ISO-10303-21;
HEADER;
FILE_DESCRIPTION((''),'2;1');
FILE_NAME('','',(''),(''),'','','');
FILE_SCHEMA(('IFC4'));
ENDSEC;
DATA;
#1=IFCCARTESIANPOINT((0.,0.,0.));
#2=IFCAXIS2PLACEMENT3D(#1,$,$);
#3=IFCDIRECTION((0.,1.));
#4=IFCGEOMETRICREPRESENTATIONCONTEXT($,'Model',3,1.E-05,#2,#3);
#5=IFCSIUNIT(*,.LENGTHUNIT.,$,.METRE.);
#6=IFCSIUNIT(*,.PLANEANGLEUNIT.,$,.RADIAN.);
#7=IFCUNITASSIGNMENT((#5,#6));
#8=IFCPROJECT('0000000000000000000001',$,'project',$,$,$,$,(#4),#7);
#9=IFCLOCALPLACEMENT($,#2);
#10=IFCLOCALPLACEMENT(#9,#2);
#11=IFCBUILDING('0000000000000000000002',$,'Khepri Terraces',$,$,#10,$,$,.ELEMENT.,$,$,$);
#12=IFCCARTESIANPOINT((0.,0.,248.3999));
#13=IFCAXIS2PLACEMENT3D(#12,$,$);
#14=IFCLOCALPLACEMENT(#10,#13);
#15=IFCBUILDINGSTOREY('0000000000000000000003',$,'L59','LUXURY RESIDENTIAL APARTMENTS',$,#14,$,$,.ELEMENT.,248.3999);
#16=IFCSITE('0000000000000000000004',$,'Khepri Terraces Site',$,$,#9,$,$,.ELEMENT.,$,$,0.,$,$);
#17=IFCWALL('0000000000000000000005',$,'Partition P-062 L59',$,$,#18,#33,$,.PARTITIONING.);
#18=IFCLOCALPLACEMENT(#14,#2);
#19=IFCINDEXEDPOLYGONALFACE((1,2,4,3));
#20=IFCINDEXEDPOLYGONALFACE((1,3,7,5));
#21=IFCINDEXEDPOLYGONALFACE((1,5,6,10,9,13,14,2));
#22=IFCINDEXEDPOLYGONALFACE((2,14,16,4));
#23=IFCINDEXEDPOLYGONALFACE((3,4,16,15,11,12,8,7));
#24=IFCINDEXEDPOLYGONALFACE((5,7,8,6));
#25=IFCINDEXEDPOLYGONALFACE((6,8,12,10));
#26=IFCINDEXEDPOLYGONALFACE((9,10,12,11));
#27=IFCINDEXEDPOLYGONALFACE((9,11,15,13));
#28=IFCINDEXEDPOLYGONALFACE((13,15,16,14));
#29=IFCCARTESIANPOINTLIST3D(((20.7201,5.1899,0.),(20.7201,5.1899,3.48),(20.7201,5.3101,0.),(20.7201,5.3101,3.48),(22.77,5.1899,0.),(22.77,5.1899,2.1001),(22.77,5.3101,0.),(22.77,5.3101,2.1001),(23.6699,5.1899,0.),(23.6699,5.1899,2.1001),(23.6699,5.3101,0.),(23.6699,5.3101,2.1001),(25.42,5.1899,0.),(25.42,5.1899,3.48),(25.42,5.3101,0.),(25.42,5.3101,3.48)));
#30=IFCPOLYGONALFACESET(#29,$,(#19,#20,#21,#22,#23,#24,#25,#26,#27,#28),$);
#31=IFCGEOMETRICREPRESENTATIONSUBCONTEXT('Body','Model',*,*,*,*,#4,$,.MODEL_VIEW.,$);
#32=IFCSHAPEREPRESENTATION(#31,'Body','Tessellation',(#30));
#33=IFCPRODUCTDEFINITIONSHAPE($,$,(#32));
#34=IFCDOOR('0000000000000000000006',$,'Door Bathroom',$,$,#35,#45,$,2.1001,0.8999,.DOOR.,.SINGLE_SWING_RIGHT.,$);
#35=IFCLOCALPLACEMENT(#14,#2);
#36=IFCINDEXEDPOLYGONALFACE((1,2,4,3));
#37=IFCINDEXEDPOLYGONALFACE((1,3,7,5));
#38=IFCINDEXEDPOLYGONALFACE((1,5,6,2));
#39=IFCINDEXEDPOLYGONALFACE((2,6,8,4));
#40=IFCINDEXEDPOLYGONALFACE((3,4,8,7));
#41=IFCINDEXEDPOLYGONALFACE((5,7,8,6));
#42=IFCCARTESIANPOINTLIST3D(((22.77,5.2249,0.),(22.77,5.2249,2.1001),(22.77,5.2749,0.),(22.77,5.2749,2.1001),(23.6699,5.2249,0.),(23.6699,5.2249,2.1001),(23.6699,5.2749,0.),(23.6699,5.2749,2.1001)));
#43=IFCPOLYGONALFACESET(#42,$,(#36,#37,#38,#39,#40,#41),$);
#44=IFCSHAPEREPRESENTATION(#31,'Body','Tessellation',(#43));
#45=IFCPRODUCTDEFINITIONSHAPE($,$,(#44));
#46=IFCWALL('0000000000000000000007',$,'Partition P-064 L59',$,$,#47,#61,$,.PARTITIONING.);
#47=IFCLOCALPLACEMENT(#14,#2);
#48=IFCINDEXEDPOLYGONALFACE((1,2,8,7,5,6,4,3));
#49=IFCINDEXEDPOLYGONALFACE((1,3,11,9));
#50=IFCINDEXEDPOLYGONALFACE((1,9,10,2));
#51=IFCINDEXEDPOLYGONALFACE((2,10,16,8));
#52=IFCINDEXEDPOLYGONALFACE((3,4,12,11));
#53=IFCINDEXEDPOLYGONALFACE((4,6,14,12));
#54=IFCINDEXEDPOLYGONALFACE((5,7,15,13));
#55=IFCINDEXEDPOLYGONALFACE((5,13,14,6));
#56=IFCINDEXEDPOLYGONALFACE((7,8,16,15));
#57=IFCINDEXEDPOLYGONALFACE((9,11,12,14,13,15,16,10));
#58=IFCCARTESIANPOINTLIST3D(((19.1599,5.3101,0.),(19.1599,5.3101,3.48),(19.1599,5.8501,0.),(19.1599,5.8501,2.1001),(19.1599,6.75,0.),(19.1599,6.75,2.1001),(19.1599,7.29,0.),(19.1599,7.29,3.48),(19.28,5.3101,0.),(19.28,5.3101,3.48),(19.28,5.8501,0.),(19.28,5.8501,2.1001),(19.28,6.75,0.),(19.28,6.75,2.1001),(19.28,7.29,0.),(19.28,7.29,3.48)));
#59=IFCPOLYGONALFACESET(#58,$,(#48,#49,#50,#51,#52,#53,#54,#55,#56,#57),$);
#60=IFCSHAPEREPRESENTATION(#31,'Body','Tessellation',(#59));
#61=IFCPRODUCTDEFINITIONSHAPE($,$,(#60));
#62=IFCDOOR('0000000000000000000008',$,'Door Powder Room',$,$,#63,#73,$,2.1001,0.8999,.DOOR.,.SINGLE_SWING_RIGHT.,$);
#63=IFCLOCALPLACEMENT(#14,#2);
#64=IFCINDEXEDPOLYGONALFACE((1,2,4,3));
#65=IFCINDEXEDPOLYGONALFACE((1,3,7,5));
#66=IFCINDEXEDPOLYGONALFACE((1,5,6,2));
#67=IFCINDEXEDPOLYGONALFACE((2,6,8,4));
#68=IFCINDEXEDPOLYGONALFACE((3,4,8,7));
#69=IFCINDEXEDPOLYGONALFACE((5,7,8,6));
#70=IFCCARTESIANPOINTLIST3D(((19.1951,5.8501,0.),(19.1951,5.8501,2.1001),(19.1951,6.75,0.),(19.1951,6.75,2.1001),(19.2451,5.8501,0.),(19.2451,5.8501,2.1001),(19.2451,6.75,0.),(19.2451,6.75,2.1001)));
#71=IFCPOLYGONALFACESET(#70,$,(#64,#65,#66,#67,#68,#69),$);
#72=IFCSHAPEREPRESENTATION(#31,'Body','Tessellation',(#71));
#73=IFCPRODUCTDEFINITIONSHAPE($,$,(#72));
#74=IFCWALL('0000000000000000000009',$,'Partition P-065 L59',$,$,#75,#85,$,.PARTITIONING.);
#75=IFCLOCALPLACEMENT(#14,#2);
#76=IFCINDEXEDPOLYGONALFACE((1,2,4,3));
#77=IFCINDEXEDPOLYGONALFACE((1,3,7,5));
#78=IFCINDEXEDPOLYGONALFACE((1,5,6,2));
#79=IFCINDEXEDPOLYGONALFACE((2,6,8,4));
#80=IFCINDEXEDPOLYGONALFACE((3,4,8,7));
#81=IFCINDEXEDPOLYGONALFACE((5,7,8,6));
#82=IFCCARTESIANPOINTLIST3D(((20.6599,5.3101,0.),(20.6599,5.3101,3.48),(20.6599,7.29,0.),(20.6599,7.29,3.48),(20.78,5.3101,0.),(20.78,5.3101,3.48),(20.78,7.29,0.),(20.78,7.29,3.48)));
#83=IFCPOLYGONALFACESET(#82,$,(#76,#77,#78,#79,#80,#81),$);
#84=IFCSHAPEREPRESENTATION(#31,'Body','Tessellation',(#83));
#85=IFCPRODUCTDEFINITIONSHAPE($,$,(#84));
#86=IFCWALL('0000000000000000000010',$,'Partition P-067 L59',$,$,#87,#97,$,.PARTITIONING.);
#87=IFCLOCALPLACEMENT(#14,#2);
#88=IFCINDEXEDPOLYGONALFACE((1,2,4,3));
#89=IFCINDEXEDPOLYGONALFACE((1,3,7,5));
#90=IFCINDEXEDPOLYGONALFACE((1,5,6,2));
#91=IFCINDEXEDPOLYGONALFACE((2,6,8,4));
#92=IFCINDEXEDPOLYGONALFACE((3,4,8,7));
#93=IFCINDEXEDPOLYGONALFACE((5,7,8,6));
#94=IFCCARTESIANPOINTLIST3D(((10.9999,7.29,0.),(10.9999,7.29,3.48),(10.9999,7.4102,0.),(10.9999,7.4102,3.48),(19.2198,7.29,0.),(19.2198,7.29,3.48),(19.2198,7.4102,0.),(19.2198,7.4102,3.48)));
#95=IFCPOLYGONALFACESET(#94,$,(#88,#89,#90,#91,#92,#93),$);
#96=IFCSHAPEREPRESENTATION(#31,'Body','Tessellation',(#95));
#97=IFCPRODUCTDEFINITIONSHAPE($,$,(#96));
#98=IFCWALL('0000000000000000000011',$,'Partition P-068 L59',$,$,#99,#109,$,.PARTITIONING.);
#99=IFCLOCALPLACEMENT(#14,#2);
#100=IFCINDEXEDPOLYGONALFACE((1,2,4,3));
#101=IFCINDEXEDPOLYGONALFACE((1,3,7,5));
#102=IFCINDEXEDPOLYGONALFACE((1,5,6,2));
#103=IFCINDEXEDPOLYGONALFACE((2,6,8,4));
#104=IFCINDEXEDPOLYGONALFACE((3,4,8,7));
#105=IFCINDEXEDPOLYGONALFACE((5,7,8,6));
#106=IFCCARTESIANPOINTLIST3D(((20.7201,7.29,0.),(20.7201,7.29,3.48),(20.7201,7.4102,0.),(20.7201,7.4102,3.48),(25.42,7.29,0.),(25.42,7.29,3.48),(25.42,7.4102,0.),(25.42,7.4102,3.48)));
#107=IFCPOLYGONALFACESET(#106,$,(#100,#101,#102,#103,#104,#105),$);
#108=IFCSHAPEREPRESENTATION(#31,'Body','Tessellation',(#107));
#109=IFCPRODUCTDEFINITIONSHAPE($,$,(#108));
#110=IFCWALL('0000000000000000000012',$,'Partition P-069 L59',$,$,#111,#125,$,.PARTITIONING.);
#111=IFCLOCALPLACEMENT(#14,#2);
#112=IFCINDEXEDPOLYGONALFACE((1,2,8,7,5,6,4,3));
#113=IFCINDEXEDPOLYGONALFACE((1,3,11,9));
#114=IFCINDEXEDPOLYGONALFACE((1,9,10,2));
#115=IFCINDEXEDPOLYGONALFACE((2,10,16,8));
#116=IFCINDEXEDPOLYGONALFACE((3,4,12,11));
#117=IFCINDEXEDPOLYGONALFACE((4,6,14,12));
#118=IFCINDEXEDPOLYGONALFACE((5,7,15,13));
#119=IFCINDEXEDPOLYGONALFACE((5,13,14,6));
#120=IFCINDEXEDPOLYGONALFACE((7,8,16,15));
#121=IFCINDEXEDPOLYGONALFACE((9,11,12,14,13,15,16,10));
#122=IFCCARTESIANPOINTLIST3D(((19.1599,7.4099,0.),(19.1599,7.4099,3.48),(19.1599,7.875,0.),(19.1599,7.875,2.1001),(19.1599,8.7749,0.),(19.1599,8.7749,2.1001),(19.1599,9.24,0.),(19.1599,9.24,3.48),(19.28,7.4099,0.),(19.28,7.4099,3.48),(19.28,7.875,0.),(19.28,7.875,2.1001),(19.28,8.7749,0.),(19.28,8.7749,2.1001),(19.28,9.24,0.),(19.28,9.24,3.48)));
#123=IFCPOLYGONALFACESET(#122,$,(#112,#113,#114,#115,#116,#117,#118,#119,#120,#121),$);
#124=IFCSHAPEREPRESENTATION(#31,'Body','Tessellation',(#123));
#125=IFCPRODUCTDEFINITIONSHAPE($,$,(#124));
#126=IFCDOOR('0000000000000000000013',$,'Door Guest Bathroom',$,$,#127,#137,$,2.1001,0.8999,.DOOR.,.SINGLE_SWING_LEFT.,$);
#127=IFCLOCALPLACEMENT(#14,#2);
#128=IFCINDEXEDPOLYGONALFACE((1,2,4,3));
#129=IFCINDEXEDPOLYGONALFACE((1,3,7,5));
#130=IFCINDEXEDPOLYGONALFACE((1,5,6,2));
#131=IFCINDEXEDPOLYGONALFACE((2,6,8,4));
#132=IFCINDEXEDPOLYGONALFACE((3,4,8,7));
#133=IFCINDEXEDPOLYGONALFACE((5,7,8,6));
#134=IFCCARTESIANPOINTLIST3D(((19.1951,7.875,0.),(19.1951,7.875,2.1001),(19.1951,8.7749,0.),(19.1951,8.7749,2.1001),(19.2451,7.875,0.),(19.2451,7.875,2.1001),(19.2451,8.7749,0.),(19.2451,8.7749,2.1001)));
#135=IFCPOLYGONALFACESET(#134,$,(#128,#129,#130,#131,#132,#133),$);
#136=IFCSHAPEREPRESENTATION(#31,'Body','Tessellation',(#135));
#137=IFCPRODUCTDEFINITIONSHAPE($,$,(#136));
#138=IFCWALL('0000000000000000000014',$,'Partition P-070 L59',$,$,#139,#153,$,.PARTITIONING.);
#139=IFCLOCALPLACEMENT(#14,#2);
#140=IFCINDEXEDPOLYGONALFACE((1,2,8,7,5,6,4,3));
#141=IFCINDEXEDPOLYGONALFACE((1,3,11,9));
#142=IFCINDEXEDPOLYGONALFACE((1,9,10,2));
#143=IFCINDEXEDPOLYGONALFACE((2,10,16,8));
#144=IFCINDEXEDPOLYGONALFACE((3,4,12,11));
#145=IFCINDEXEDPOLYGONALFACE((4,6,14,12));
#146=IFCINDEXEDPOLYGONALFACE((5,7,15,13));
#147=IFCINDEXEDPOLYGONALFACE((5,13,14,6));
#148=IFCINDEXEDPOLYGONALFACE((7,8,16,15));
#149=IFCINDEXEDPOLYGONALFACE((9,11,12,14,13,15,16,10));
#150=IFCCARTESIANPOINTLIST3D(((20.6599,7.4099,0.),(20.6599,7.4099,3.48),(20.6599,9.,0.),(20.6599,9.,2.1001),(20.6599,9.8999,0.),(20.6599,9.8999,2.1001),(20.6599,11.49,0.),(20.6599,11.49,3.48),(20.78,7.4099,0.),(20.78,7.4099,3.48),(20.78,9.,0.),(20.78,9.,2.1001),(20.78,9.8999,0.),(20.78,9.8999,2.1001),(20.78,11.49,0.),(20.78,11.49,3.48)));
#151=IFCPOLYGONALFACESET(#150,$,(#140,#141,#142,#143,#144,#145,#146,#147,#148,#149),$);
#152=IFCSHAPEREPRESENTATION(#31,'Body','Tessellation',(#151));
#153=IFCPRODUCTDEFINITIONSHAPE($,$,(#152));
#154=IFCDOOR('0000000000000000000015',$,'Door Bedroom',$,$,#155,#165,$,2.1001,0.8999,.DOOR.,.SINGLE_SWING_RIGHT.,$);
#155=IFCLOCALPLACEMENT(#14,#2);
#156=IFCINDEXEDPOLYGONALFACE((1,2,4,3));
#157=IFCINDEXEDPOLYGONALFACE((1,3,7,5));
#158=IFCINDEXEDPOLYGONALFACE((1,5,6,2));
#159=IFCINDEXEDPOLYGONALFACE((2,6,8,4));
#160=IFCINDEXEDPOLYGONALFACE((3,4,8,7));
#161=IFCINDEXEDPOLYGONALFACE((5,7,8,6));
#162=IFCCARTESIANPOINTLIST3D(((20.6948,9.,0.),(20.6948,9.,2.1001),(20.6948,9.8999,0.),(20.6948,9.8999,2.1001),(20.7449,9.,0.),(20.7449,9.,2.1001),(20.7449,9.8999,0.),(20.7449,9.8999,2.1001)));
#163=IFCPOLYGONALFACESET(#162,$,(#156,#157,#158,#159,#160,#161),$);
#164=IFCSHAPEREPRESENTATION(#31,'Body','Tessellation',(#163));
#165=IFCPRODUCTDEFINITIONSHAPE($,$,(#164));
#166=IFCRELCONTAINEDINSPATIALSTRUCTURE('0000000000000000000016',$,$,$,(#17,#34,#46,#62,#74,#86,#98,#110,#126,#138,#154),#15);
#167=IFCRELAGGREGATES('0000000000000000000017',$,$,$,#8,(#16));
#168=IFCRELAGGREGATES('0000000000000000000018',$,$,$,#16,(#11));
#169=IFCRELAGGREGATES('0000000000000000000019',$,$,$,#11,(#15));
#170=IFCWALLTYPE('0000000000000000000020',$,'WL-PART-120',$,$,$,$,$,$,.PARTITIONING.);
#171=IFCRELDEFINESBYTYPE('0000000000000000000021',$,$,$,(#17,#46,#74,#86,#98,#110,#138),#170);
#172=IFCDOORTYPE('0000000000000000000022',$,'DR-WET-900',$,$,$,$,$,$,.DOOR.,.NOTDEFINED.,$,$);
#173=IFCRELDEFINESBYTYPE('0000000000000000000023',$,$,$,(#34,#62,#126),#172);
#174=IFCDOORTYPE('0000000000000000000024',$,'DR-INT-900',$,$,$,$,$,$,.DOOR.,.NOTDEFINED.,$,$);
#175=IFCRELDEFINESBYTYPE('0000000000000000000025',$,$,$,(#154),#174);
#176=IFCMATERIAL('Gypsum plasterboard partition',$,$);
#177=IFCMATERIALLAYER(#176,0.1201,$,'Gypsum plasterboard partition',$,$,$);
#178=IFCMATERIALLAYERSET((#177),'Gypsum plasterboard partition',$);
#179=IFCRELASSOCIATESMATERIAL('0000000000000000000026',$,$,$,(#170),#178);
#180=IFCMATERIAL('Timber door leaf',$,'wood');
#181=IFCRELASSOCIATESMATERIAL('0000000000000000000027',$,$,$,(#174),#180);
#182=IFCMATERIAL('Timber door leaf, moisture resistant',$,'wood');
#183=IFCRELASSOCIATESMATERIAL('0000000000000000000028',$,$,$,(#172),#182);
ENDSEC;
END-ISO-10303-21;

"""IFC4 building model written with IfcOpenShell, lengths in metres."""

from ifc_helpers import new_model, si_unit, direction, frame, frame_2d, origin, place, context, subcontext, project, spatial, rectangle, extrude, material, layer, layer_set, type_object, element, fill, save


model = new_model("IFC4")

# Units and contexts
model_context = context("Model", 3, precision=1e-05, world=origin(), true_north=direction((0.0, 1.0)))
body_context = subcontext(model_context, "Body", "Model", "MODEL_VIEW")
ifc_project = project(units=[si_unit("LENGTHUNIT", "METRE"), si_unit("PLANEANGLEUNIT", "RADIAN")], contexts=[model_context])

# Site, building, storey
site_placement = place(None, origin())
site = spatial("IfcSite", under=ifc_project, at=site_placement, Name="Khepri Terraces Site", CompositionType="ELEMENT", RefElevation=0.0)
building_placement = place(site_placement, origin())
building = spatial("IfcBuilding", under=site, at=building_placement, Name="Khepri Terraces", CompositionType="ELEMENT")
storey_placement = place(building_placement, frame((0.0, 0.0, 248.3999)))
storey = spatial("IfcBuildingStorey", under=building, at=storey_placement, Name="L59", Description="LUXURY RESIDENTIAL APARTMENTS", CompositionType="ELEMENT", Elevation=248.3999)

# Shared definitions
ifc_material_1 = material(Name="Gypsum plasterboard partition")
ifc_layer_1 = layer(ifc_material_1, 0.1201, Name="Gypsum plasterboard partition")
ifc_layer_set_1 = layer_set([ifc_layer_1], Name="Gypsum plasterboard partition")
wall_type_1 = type_object("IfcWallType", Name="WL-PART-120", PredefinedType="PARTITIONING", material=ifc_layer_set_1)

# Shared definitions
ifc_material_2 = material(Name="Timber door leaf", Category="wood")
door_type_1 = type_object("IfcDoorType", Name="DR-INT-900", OperationType="NOTDEFINED", PredefinedType="DOOR", material=ifc_material_2)

# Walls, openings, doors
wall_1_placement = place(storey_placement, frame((20.72, 5.25, 0.0), z_axis=(0.0, 0.0, 1.0), x_axis=(1.0, 0.0, 0.0)))
wall_1 = element("IfcWall", 1, at=wall_1_placement, inside=storey, type_object=wall_type_1, Name="Partition P-062 L59", PredefinedType="PARTITIONING", context=body_context, shape_type="SweptSolid", body=[
    extrude(rectangle(XDim=4.7, YDim=0.1201, at=frame_2d((2.3501, 0.0))), origin(), (0.0, 0.0, 1.0), 3.48),
])
opening_1_placement = place(wall_1_placement, frame((2.05, 0.0, 0.0)))
opening_1 = element("IfcOpeningElement", 2, at=opening_1_placement, cuts=wall_1, PredefinedType="OPENING", context=body_context, shape_type="SweptSolid", body=[
    extrude(rectangle(XDim=0.8999, YDim=2.1001, at=frame_2d((0.45, 1.05))), frame((0.0, 0.0701, 0.0), z_axis=(0.0, -1.0, 0.0), x_axis=(1.0, 0.0, 0.0)), (0.0, 0.0, 1.0), 0.1401),
])
ifc_material_3 = material(Name="Timber door leaf, moisture resistant", Category="wood")
door_type_2 = type_object("IfcDoorType", Name="DR-WET-900", OperationType="NOTDEFINED", PredefinedType="DOOR", material=ifc_material_3)
door_1_placement = place(opening_1_placement, origin())
door_1 = element("IfcDoor", 3, at=door_1_placement, inside=storey, type_object=door_type_2, Name="Door Bathroom", OperationType="SINGLE_SWING_RIGHT", OverallHeight=2.1001, OverallWidth=0.8999, PredefinedType="DOOR", context=body_context, shape_type="SweptSolid", body=[
    extrude(rectangle(XDim=0.8999, YDim=2.1001, at=frame_2d((0.45, 1.05))), frame((0.0, 0.0249, 0.0), z_axis=(0.0, -1.0, 0.0), x_axis=(1.0, 0.0, 0.0)), (0.0, 0.0, 1.0), 0.05),
])
fill(opening_1, door_1)
wall_2_placement = place(storey_placement, frame((19.22, 5.3101, 0.0), z_axis=(0.0, 0.0, 1.0), x_axis=(0.0, 1.0, 0.0)))
wall_2 = element("IfcWall", 4, at=wall_2_placement, inside=storey, type_object=wall_type_1, Name="Partition P-064 L59", PredefinedType="PARTITIONING", context=body_context, shape_type="SweptSolid", body=[
    extrude(rectangle(XDim=1.98, YDim=0.1201, at=frame_2d((0.99, 0.0))), origin(), (0.0, 0.0, 1.0), 3.48),
])
opening_2_placement = place(wall_2_placement, frame((0.54, 0.0, 0.0)))
opening_2 = element("IfcOpeningElement", 5, at=opening_2_placement, cuts=wall_2, PredefinedType="OPENING", context=body_context, shape_type="SweptSolid", body=[
    extrude(rectangle(XDim=0.8999, YDim=2.1001, at=frame_2d((0.45, 1.05))), frame((0.0, 0.0701, 0.0), z_axis=(0.0, -1.0, 0.0), x_axis=(1.0, 0.0, 0.0)), (0.0, 0.0, 1.0), 0.1401),
])
door_2_placement = place(opening_2_placement, origin())
door_2 = element("IfcDoor", 6, at=door_2_placement, inside=storey, type_object=door_type_2, Name="Door Powder Room", OperationType="SINGLE_SWING_RIGHT", OverallHeight=2.1001, OverallWidth=0.8999, PredefinedType="DOOR", context=body_context, shape_type="SweptSolid", body=[
    extrude(rectangle(XDim=0.8999, YDim=2.1001, at=frame_2d((0.45, 1.05))), frame((0.0, 0.0249, 0.0), z_axis=(0.0, -1.0, 0.0), x_axis=(1.0, 0.0, 0.0)), (0.0, 0.0, 1.0), 0.05),
])
fill(opening_2, door_2)

# Walls
wall_3_placement = place(storey_placement, frame((20.72, 5.3101, 0.0), z_axis=(0.0, 0.0, 1.0), x_axis=(0.0, 1.0, 0.0)))
element("IfcWall", 7, at=wall_3_placement, inside=storey, type_object=wall_type_1, Name="Partition P-065 L59", PredefinedType="PARTITIONING", context=body_context, shape_type="SweptSolid", body=[
    extrude(rectangle(XDim=1.98, YDim=0.1201, at=frame_2d((0.99, 0.0))), origin(), (0.0, 0.0, 1.0), 3.48),
])
wall_4_placement = place(storey_placement, frame((11.0, 7.3501, 0.0), z_axis=(0.0, 0.0, 1.0), x_axis=(1.0, 0.0, 0.0)))
element("IfcWall", 8, at=wall_4_placement, inside=storey, type_object=wall_type_1, Name="Partition P-067 L59", PredefinedType="PARTITIONING", context=body_context, shape_type="SweptSolid", body=[
    extrude(rectangle(XDim=8.22, YDim=0.1201, at=frame_2d((4.1099, 0.0))), origin(), (0.0, 0.0, 1.0), 3.48),
])
wall_5_placement = place(storey_placement, frame((20.72, 7.3501, 0.0), z_axis=(0.0, 0.0, 1.0), x_axis=(1.0, 0.0, 0.0)))
element("IfcWall", 9, at=wall_5_placement, inside=storey, type_object=wall_type_1, Name="Partition P-068 L59", PredefinedType="PARTITIONING", context=body_context, shape_type="SweptSolid", body=[
    extrude(rectangle(XDim=4.7, YDim=0.1201, at=frame_2d((2.3501, 0.0))), origin(), (0.0, 0.0, 1.0), 3.48),
])

# Walls, openings, doors
wall_6_placement = place(storey_placement, frame((19.22, 7.4099, 0.0), z_axis=(0.0, 0.0, 1.0), x_axis=(0.0, 1.0, 0.0)))
wall_6 = element("IfcWall", 10, at=wall_6_placement, inside=storey, type_object=wall_type_1, Name="Partition P-069 L59", PredefinedType="PARTITIONING", context=body_context, shape_type="SweptSolid", body=[
    extrude(rectangle(XDim=1.8301, YDim=0.1201, at=frame_2d((0.915, 0.0))), origin(), (0.0, 0.0, 1.0), 3.48),
])
opening_3_placement = place(wall_6_placement, frame((0.4651, 0.0, 0.0)))
opening_3 = element("IfcOpeningElement", 11, at=opening_3_placement, cuts=wall_6, PredefinedType="OPENING", context=body_context, shape_type="SweptSolid", body=[
    extrude(rectangle(XDim=0.8999, YDim=2.1001, at=frame_2d((0.45, 1.05))), frame((0.0, 0.0701, 0.0), z_axis=(0.0, -1.0, 0.0), x_axis=(1.0, 0.0, 0.0)), (0.0, 0.0, 1.0), 0.1401),
])
door_3_placement = place(opening_3_placement, origin())
door_3 = element("IfcDoor", 12, at=door_3_placement, inside=storey, type_object=door_type_2, Name="Door Guest Bathroom", OperationType="SINGLE_SWING_LEFT", OverallHeight=2.1001, OverallWidth=0.8999, PredefinedType="DOOR", context=body_context, shape_type="SweptSolid", body=[
    extrude(rectangle(XDim=0.8999, YDim=2.1001, at=frame_2d((0.45, 1.05))), frame((0.0, 0.0249, 0.0), z_axis=(0.0, -1.0, 0.0), x_axis=(1.0, 0.0, 0.0)), (0.0, 0.0, 1.0), 0.05),
])
fill(opening_3, door_3)
wall_7_placement = place(storey_placement, frame((20.72, 7.4099, 0.0), z_axis=(0.0, 0.0, 1.0), x_axis=(0.0, 1.0, 0.0)))
wall_7 = element("IfcWall", 13, at=wall_7_placement, inside=storey, type_object=wall_type_1, Name="Partition P-070 L59", PredefinedType="PARTITIONING", context=body_context, shape_type="SweptSolid", body=[
    extrude(rectangle(XDim=4.0801, YDim=0.1201, at=frame_2d((2.04, 0.0))), origin(), (0.0, 0.0, 1.0), 3.48),
])
opening_4_placement = place(wall_7_placement, frame((1.5901, 0.0, 0.0)))
opening_4 = element("IfcOpeningElement", 14, at=opening_4_placement, cuts=wall_7, PredefinedType="OPENING", context=body_context, shape_type="SweptSolid", body=[
    extrude(rectangle(XDim=0.8999, YDim=2.1001, at=frame_2d((0.45, 1.05))), frame((0.0, 0.0701, 0.0), z_axis=(0.0, -1.0, 0.0), x_axis=(1.0, 0.0, 0.0)), (0.0, 0.0, 1.0), 0.1401),
])
door_4_placement = place(opening_4_placement, frame((0.8999, 0.0, 0.0), z_axis=(0.0, 0.0, 1.0), x_axis=(-1.0, 0.0, 0.0)))
door_4 = element("IfcDoor", 15, at=door_4_placement, inside=storey, type_object=door_type_1, Name="Door Bedroom", OperationType="SINGLE_SWING_RIGHT", OverallHeight=2.1001, OverallWidth=0.8999, PredefinedType="DOOR", context=body_context, shape_type="SweptSolid", body=[
    extrude(rectangle(XDim=0.8999, YDim=2.1001, at=frame_2d((0.45, 1.05))), frame((0.0, 0.0249, 0.0), z_axis=(0.0, -1.0, 0.0), x_axis=(1.0, 0.0, 0.0)), (0.0, 0.0, 1.0), 0.05),
])
fill(opening_4, door_4)

save(model, "model.ifc")
